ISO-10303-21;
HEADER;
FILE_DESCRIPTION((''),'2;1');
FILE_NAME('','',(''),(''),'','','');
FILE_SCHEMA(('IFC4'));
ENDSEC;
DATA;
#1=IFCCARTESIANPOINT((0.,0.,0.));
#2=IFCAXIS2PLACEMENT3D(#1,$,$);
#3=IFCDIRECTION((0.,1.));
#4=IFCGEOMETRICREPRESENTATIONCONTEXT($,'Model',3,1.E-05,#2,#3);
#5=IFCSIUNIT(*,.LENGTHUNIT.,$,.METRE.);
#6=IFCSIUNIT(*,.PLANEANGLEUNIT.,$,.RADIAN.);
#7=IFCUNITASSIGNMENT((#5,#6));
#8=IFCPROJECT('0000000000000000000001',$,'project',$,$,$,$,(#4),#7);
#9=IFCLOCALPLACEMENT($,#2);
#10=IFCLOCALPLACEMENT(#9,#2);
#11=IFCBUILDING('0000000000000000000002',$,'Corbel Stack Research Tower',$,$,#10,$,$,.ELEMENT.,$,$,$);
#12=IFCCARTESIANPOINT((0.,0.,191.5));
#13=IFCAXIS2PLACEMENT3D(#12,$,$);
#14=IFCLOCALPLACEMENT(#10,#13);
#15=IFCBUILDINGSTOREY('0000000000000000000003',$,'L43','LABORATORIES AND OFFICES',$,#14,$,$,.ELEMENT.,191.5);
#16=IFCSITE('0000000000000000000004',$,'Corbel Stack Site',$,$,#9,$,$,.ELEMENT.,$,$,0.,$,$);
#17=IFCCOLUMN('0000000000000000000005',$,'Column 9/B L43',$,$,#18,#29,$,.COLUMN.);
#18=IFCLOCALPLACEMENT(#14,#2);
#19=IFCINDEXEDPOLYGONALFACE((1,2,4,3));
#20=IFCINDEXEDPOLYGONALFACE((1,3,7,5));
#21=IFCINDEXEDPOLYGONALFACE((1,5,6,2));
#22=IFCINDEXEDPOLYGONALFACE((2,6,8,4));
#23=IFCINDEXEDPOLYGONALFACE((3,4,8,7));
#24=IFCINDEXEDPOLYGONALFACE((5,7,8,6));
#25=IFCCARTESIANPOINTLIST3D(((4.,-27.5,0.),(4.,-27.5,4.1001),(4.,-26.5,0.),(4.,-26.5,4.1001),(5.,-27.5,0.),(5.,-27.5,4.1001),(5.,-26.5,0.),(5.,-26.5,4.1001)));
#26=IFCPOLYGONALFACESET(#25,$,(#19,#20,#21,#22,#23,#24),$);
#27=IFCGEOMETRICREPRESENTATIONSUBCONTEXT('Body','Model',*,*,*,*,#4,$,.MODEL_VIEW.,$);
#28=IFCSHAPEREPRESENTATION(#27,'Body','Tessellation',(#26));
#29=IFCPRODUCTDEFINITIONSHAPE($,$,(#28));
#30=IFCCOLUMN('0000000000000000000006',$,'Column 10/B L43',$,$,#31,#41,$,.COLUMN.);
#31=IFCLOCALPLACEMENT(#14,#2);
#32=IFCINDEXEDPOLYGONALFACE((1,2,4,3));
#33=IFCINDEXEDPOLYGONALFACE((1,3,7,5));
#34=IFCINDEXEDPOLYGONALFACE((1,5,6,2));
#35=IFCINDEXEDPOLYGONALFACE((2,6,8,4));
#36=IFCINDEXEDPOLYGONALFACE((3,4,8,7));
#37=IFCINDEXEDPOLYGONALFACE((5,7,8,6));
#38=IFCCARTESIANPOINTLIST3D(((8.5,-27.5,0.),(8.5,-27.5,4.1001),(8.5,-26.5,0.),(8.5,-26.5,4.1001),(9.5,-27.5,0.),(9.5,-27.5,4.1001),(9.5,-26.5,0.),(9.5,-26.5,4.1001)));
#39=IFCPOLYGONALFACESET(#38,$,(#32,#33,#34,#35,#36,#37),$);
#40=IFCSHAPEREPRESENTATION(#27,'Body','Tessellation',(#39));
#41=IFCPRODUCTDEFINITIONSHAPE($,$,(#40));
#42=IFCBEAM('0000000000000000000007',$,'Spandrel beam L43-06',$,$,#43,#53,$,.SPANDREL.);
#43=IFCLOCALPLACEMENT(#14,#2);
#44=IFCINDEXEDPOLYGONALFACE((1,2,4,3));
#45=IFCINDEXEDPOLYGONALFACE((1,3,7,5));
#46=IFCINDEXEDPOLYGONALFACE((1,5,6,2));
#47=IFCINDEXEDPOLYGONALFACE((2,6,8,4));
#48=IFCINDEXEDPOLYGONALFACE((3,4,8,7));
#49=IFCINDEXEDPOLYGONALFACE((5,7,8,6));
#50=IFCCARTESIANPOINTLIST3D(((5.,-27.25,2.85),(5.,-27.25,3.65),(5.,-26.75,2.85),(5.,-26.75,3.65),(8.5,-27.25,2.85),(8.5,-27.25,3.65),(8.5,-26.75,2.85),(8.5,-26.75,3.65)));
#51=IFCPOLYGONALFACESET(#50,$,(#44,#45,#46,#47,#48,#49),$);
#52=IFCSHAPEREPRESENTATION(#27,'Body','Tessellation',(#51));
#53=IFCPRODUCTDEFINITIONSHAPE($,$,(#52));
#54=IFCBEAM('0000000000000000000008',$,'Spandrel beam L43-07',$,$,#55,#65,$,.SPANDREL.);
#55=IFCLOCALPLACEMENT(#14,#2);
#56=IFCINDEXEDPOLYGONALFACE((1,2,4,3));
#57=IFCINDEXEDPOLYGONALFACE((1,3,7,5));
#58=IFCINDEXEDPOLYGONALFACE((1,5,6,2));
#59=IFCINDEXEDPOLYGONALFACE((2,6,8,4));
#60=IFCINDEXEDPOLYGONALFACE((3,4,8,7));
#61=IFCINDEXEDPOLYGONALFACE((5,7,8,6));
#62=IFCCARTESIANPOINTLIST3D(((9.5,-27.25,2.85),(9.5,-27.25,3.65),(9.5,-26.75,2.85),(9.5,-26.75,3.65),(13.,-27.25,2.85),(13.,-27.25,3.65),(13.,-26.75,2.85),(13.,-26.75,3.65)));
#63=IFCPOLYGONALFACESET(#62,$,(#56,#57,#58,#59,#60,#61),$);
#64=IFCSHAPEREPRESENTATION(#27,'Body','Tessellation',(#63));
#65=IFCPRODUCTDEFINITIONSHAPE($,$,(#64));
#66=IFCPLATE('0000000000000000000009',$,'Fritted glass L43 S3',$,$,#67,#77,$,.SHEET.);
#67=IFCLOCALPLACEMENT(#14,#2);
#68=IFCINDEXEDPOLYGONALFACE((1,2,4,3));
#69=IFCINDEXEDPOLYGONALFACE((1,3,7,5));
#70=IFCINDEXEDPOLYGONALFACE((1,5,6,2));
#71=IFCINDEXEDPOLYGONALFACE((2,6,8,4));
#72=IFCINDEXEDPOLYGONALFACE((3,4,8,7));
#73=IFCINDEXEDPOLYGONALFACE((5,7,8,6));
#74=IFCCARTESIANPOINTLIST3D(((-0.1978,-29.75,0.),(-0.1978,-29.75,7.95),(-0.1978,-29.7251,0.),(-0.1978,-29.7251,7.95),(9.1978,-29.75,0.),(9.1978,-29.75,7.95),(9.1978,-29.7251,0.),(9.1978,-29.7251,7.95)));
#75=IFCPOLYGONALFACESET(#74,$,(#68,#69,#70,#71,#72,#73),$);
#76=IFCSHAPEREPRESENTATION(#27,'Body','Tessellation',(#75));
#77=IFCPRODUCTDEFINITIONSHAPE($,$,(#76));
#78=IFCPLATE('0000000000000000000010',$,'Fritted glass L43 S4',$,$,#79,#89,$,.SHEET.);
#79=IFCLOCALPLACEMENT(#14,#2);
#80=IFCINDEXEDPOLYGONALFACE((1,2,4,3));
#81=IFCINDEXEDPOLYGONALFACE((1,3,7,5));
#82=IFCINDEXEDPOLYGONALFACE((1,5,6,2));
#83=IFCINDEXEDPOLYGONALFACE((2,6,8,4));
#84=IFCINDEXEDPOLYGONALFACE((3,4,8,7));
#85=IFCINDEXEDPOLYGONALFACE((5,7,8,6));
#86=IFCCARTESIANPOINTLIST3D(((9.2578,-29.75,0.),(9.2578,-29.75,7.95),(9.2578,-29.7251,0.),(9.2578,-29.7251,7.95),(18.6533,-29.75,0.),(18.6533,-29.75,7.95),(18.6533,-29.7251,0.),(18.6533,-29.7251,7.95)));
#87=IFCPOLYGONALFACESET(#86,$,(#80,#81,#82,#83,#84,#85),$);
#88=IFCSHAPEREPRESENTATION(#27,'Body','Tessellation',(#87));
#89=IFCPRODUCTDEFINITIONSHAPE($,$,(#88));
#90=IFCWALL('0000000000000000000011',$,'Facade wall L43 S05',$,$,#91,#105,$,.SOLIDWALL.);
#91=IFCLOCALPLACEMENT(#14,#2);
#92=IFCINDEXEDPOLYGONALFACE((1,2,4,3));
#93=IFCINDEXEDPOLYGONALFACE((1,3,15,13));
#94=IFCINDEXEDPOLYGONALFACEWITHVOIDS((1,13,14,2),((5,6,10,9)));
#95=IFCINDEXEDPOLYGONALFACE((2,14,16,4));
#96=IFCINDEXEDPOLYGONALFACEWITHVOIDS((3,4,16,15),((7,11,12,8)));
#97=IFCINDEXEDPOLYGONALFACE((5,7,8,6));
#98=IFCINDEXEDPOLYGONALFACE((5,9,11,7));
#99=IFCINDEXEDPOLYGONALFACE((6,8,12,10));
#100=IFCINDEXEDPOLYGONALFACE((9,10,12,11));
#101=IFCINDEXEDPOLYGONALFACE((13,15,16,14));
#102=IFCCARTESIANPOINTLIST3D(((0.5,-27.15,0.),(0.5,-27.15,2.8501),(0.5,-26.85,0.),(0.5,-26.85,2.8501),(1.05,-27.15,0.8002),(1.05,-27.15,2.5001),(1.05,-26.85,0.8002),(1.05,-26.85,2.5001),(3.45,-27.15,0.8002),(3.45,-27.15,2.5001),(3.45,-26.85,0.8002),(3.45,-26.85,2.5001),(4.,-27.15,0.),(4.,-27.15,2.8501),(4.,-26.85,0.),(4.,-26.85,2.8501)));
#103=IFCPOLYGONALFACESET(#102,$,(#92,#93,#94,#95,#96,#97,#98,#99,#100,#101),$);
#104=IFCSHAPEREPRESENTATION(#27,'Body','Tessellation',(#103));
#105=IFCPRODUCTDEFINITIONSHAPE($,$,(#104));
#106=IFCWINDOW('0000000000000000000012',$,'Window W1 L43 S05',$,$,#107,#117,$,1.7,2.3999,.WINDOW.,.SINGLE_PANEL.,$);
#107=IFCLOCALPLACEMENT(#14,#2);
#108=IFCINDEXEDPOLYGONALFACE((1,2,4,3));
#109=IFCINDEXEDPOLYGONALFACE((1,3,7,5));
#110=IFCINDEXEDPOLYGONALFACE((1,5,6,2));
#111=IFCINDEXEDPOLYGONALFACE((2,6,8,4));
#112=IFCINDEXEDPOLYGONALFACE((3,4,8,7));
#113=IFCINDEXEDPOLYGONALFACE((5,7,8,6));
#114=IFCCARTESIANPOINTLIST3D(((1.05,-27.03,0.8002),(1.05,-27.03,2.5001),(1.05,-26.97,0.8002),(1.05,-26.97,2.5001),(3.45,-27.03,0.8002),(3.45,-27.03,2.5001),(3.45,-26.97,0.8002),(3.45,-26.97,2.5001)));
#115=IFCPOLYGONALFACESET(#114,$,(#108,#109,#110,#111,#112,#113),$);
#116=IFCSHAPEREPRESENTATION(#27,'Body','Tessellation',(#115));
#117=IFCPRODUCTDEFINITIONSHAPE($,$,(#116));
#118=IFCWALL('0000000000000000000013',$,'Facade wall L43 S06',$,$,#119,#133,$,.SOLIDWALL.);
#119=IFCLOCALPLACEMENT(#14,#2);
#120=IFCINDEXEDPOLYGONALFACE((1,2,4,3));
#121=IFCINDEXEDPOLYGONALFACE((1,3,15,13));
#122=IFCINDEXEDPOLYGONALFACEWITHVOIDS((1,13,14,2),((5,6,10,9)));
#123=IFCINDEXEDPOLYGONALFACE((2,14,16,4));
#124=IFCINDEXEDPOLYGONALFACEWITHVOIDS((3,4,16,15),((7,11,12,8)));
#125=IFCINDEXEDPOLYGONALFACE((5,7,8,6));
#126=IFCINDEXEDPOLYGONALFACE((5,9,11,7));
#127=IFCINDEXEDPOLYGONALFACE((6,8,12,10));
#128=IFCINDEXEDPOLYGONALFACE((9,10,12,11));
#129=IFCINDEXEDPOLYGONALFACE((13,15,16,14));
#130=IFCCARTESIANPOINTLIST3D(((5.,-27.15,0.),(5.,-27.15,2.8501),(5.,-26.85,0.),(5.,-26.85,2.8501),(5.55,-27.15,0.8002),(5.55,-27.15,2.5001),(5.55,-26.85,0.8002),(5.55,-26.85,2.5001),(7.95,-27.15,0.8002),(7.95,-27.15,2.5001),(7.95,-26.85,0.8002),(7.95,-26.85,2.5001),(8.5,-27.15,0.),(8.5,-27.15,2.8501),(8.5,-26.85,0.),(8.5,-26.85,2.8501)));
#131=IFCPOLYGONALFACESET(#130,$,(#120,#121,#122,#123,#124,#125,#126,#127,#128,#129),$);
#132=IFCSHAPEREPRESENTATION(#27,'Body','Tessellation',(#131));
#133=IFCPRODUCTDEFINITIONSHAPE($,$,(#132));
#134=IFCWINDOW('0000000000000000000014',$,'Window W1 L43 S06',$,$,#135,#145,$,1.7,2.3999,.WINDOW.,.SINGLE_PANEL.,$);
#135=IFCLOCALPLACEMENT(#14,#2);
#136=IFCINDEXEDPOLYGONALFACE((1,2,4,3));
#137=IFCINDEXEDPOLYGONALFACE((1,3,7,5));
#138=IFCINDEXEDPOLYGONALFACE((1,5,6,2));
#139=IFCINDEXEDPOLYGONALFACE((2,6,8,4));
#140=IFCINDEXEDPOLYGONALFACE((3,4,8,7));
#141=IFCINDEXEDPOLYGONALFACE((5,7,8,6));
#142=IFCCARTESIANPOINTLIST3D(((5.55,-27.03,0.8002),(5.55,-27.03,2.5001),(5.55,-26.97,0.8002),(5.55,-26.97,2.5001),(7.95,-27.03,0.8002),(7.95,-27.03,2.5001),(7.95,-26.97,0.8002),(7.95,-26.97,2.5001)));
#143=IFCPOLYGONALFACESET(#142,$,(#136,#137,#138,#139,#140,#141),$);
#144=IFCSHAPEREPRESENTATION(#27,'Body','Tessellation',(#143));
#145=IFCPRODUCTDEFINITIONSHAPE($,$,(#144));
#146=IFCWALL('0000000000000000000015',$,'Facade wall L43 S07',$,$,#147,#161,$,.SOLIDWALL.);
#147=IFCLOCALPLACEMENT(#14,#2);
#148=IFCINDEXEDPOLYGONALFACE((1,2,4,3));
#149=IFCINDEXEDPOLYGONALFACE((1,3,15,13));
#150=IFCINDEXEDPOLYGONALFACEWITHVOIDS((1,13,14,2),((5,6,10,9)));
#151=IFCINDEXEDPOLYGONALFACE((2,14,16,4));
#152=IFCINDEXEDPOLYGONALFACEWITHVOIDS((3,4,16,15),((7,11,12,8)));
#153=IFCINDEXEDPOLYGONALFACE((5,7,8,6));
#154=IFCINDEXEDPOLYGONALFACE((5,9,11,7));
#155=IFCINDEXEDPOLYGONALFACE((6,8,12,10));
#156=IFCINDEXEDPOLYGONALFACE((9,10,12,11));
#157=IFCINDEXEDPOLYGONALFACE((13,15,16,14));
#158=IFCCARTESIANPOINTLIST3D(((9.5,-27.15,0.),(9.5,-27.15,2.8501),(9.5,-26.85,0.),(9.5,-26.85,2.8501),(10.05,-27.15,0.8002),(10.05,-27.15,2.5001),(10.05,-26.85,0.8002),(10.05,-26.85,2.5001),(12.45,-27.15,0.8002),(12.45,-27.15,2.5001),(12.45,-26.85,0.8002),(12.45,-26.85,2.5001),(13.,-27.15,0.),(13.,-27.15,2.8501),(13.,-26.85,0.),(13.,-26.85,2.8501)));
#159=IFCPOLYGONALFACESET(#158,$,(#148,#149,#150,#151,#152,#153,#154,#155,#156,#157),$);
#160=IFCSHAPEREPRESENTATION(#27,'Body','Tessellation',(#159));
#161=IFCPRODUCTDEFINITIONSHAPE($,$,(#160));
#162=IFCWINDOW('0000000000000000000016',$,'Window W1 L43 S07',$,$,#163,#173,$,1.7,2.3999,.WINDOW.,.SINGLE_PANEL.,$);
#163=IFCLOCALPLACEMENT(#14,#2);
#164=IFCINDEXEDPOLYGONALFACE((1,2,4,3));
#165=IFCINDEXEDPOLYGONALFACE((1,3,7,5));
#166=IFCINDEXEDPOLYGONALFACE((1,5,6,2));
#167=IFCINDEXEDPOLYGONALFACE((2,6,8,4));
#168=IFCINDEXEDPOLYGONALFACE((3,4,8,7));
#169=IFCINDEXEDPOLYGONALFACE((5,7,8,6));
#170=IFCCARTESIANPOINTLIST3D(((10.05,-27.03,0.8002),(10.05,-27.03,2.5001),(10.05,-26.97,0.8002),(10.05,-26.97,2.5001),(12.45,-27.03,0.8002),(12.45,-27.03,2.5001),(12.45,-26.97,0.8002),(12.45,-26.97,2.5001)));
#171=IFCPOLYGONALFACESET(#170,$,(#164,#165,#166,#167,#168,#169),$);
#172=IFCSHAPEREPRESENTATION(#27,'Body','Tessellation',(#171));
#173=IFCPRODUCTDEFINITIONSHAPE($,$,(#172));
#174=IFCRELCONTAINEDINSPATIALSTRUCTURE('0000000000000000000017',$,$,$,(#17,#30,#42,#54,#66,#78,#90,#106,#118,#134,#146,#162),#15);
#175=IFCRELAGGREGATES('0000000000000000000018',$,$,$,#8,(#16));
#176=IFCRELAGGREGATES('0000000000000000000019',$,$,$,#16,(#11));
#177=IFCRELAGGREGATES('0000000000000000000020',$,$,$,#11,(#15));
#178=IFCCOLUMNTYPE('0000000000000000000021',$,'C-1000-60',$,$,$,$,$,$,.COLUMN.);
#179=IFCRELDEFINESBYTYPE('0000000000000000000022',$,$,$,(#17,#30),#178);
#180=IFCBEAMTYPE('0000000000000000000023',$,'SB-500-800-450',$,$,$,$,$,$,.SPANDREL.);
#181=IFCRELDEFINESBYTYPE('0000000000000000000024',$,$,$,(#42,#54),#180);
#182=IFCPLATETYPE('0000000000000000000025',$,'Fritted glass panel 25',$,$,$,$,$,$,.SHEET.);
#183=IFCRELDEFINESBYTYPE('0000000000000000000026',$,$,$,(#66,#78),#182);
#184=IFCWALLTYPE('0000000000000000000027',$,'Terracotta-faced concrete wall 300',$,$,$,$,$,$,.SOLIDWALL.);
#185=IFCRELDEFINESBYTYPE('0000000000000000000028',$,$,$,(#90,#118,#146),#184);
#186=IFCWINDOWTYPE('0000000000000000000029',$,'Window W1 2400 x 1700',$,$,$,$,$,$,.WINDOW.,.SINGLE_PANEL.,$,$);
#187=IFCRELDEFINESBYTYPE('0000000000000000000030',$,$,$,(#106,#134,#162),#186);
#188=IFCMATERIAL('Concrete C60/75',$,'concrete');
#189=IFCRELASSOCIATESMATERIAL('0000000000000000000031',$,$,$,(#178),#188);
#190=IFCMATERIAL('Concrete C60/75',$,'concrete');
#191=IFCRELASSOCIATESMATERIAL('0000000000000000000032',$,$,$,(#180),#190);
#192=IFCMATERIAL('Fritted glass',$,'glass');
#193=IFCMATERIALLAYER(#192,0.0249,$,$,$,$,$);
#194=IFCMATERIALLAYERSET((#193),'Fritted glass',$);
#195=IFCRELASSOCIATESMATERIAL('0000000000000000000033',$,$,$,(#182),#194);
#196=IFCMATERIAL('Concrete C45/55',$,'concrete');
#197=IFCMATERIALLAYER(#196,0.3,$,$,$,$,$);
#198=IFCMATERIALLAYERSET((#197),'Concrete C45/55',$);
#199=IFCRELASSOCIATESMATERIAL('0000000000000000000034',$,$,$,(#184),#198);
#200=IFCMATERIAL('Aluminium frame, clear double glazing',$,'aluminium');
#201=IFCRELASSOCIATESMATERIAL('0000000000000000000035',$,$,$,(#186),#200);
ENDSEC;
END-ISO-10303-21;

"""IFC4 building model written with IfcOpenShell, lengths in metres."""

from ifc_helpers import new_model, si_unit, direction, frame, frame_2d, origin, origin_2d, place, context, subcontext, project, spatial, rectangle, extrude, material, layer, layer_set, material_profile, profile_set, type_object, element, fill, save


model = new_model("IFC4")

# Units and contexts
model_context = context("Model", 3, precision=1e-05, world=origin(), true_north=direction((0.0, 1.0)))
body_context = subcontext(model_context, "Body", "Model", "MODEL_VIEW")
ifc_project = project(units=[si_unit("LENGTHUNIT", "METRE"), si_unit("PLANEANGLEUNIT", "RADIAN")], contexts=[model_context])

# Site, building, storey
site_placement = place(None, origin())
site = spatial("IfcSite", under=ifc_project, at=site_placement, Name="Corbel Stack Site", CompositionType="ELEMENT", RefElevation=0.0)
building_placement = place(site_placement, origin())
building = spatial("IfcBuilding", under=site, at=building_placement, Name="Corbel Stack Research Tower", CompositionType="ELEMENT")
storey_placement = place(building_placement, frame((0.0, 0.0, 191.5)))
storey = spatial("IfcBuildingStorey", under=building, at=storey_placement, Name="L43", Description="LABORATORIES AND OFFICES", CompositionType="ELEMENT", Elevation=191.5)

# Columns
ifc_material_1 = material(Name="Concrete C60/75", Category="concrete")
ifc_material_profile_1 = material_profile(ifc_material_1, rectangle(XDim=1.0, YDim=1.0, at=origin_2d()), Name="RC 1000 x 1000")
ifc_profile_set_1 = profile_set([ifc_material_profile_1], Name="Concrete C60/75")
column_type = type_object("IfcColumnType", Name="C-1000-60", PredefinedType="COLUMN", material=ifc_profile_set_1)
for number, where, z_axis, x_axis, name in (
    (1, (4.5, -27.0, 0.0), (0.0, 0.0, 1.0), (1.0, 0.0, 0.0), "Column 9/B L43"),
    (2, (9.0, -27.0, 0.0), (0.0, 0.0, 1.0), (1.0, 0.0, 0.0), "Column 10/B L43"),
):
    element("IfcColumn", number, at=place(storey_placement, frame(where, z_axis=z_axis, x_axis=x_axis)), inside=storey, type_object=column_type, Name=name, PredefinedType="COLUMN", context=body_context, shape_type="SweptSolid", body=[
        extrude(rectangle(XDim=1.0, YDim=1.0, at=origin_2d()), origin(), (0.0, 0.0, 1.0), 4.1001),
    ])

# Beams
ifc_material_2 = material(Name="Concrete C60/75", Category="concrete")
ifc_material_profile_2 = material_profile(ifc_material_2, rectangle(XDim=0.5, YDim=0.8, at=origin_2d()), Name="RC 500 x 800")
ifc_profile_set_2 = profile_set([ifc_material_profile_2], Name="Concrete C60/75")
beam_type = type_object("IfcBeamType", Name="SB-500-800-450", PredefinedType="SPANDREL", material=ifc_profile_set_2)
for number, where, z_axis, x_axis, name in (
    (3, (5.0, -27.0, 3.25), (1.0, 0.0, 0.0), (0.0, 1.0, 0.0), "Spandrel beam L43-06"),
    (4, (9.5, -27.0, 3.25), (1.0, 0.0, 0.0), (0.0, 1.0, 0.0), "Spandrel beam L43-07"),
):
    element("IfcBeam", number, at=place(storey_placement, frame(where, z_axis=z_axis, x_axis=x_axis)), inside=storey, type_object=beam_type, Name=name, PredefinedType="SPANDREL", context=body_context, shape_type="SweptSolid", body=[
        extrude(rectangle(XDim=0.5, YDim=0.8, at=origin_2d()), origin(), (0.0, 0.0, 1.0), 3.5),
    ])

# Plates
ifc_material_3 = material(Name="Fritted glass", Category="glass")
ifc_layer_1 = layer(ifc_material_3, 0.0249)
ifc_layer_set_1 = layer_set([ifc_layer_1], Name="Fritted glass")
plate_type = type_object("IfcPlateType", Name="Fritted glass panel 25", PredefinedType="SHEET", material=ifc_layer_set_1)
for number, where, z_axis, x_axis, name in (
    (5, (4.5, -29.7375, 0.0), (0.0, 0.0, 1.0), (1.0, 0.0, 0.0), "Fritted glass L43 S3"),
    (6, (13.9556, -29.7375, 0.0), (0.0, 0.0, 1.0), (1.0, 0.0, 0.0), "Fritted glass L43 S4"),
):
    element("IfcPlate", number, at=place(storey_placement, frame(where, z_axis=z_axis, x_axis=x_axis)), inside=storey, type_object=plate_type, Name=name, PredefinedType="SHEET", context=body_context, shape_type="SweptSolid", body=[
        extrude(rectangle(XDim=9.3955, YDim=0.0249, at=origin_2d()), origin(), (0.0, 0.0, 1.0), 7.95),
    ])

# Walls, openings, windows
ifc_material_4 = material(Name="Concrete C45/55", Category="concrete")
ifc_layer_2 = layer(ifc_material_4, 0.3)
ifc_layer_set_2 = layer_set([ifc_layer_2], Name="Concrete C45/55")
wall_type = type_object("IfcWallType", Name="Terracotta-faced concrete wall 300", PredefinedType="SOLIDWALL", material=ifc_layer_set_2)
wall_1_placement = place(storey_placement, frame((4.0, -27.0, 0.0), z_axis=(0.0, 0.0, 1.0), x_axis=(-1.0, 0.0, 0.0)))
wall_1 = element("IfcWall", 7, at=wall_1_placement, inside=storey, type_object=wall_type, Name="Facade wall L43 S05", PredefinedType="SOLIDWALL", context=body_context, shape_type="SweptSolid", body=[
    extrude(rectangle(XDim=3.5, YDim=0.3, at=frame_2d((1.75, 0.0))), origin(), (0.0, 0.0, 1.0), 2.8501),
])
opening_1_placement = place(wall_1_placement, frame((0.55, 0.0, 0.8)))
opening_1 = element("IfcOpeningElement", 8, at=opening_1_placement, cuts=wall_1, PredefinedType="OPENING", context=body_context, shape_type="SweptSolid", body=[
    extrude(rectangle(XDim=2.3999, YDim=1.7, at=frame_2d((1.2, 0.8501))), frame((0.0, 0.1599, 0.0), z_axis=(0.0, -1.0, 0.0), x_axis=(1.0, 0.0, 0.0)), (0.0, 0.0, 1.0), 0.3201),
])
ifc_material_5 = material(Name="Aluminium frame, clear double glazing", Category="aluminium")
window_type = type_object("IfcWindowType", Name="Window W1 2400 x 1700", PartitioningType="SINGLE_PANEL", PredefinedType="WINDOW", material=ifc_material_5)
window_1_placement = place(opening_1_placement, origin())
window_1 = element("IfcWindow", 9, at=window_1_placement, inside=storey, type_object=window_type, Name="Window W1 L43 S05", OverallHeight=1.7, OverallWidth=2.3999, PartitioningType="SINGLE_PANEL", PredefinedType="WINDOW", context=body_context, shape_type="SweptSolid", body=[
    extrude(rectangle(XDim=2.3999, YDim=1.7, at=frame_2d((1.2, 0.8501))), frame((0.0, 0.03, 0.0), z_axis=(0.0, -1.0, 0.0), x_axis=(1.0, 0.0, 0.0)), (0.0, 0.0, 1.0), 0.0601),
])
fill(opening_1, window_1)
wall_2_placement = place(storey_placement, frame((8.5, -27.0, 0.0), z_axis=(0.0, 0.0, 1.0), x_axis=(-1.0, 0.0, 0.0)))
wall_2 = element("IfcWall", 10, at=wall_2_placement, inside=storey, type_object=wall_type, Name="Facade wall L43 S06", PredefinedType="SOLIDWALL", context=body_context, shape_type="SweptSolid", body=[
    extrude(rectangle(XDim=3.5, YDim=0.3, at=frame_2d((1.75, 0.0))), origin(), (0.0, 0.0, 1.0), 2.8501),
])
opening_2_placement = place(wall_2_placement, frame((0.55, 0.0, 0.8)))
opening_2 = element("IfcOpeningElement", 11, at=opening_2_placement, cuts=wall_2, PredefinedType="OPENING", context=body_context, shape_type="SweptSolid", body=[
    extrude(rectangle(XDim=2.3999, YDim=1.7, at=frame_2d((1.2, 0.8501))), frame((0.0, 0.1599, 0.0), z_axis=(0.0, -1.0, 0.0), x_axis=(1.0, 0.0, 0.0)), (0.0, 0.0, 1.0), 0.3201),
])
window_2_placement = place(opening_2_placement, origin())
window_2 = element("IfcWindow", 12, at=window_2_placement, inside=storey, type_object=window_type, Name="Window W1 L43 S06", OverallHeight=1.7, OverallWidth=2.3999, PartitioningType="SINGLE_PANEL", PredefinedType="WINDOW", context=body_context, shape_type="SweptSolid", body=[
    extrude(rectangle(XDim=2.3999, YDim=1.7, at=frame_2d((1.2, 0.8501))), frame((0.0, 0.03, 0.0), z_axis=(0.0, -1.0, 0.0), x_axis=(1.0, 0.0, 0.0)), (0.0, 0.0, 1.0), 0.0601),
])
fill(opening_2, window_2)
wall_3_placement = place(storey_placement, frame((13.0, -27.0, 0.0), z_axis=(0.0, 0.0, 1.0), x_axis=(-1.0, 0.0, 0.0)))
wall_3 = element("IfcWall", 13, at=wall_3_placement, inside=storey, type_object=wall_type, Name="Facade wall L43 S07", PredefinedType="SOLIDWALL", context=body_context, shape_type="SweptSolid", body=[
    extrude(rectangle(XDim=3.5, YDim=0.3, at=frame_2d((1.75, 0.0))), origin(), (0.0, 0.0, 1.0), 2.8501),
])
opening_3_placement = place(wall_3_placement, frame((0.55, 0.0, 0.8)))
opening_3 = element("IfcOpeningElement", 14, at=opening_3_placement, cuts=wall_3, PredefinedType="OPENING", context=body_context, shape_type="SweptSolid", body=[
    extrude(rectangle(XDim=2.3999, YDim=1.7, at=frame_2d((1.2, 0.8501))), frame((0.0, 0.1599, 0.0), z_axis=(0.0, -1.0, 0.0), x_axis=(1.0, 0.0, 0.0)), (0.0, 0.0, 1.0), 0.3201),
])
window_3_placement = place(opening_3_placement, origin())
window_3 = element("IfcWindow", 15, at=window_3_placement, inside=storey, type_object=window_type, Name="Window W1 L43 S07", OverallHeight=1.7, OverallWidth=2.3999, PartitioningType="SINGLE_PANEL", PredefinedType="WINDOW", context=body_context, shape_type="SweptSolid", body=[
    extrude(rectangle(XDim=2.3999, YDim=1.7, at=frame_2d((1.2, 0.8501))), frame((0.0, 0.03, 0.0), z_axis=(0.0, -1.0, 0.0), x_axis=(1.0, 0.0, 0.0)), (0.0, 0.0, 1.0), 0.0601),
])
fill(opening_3, window_3)

save(model, "model.ifc")
